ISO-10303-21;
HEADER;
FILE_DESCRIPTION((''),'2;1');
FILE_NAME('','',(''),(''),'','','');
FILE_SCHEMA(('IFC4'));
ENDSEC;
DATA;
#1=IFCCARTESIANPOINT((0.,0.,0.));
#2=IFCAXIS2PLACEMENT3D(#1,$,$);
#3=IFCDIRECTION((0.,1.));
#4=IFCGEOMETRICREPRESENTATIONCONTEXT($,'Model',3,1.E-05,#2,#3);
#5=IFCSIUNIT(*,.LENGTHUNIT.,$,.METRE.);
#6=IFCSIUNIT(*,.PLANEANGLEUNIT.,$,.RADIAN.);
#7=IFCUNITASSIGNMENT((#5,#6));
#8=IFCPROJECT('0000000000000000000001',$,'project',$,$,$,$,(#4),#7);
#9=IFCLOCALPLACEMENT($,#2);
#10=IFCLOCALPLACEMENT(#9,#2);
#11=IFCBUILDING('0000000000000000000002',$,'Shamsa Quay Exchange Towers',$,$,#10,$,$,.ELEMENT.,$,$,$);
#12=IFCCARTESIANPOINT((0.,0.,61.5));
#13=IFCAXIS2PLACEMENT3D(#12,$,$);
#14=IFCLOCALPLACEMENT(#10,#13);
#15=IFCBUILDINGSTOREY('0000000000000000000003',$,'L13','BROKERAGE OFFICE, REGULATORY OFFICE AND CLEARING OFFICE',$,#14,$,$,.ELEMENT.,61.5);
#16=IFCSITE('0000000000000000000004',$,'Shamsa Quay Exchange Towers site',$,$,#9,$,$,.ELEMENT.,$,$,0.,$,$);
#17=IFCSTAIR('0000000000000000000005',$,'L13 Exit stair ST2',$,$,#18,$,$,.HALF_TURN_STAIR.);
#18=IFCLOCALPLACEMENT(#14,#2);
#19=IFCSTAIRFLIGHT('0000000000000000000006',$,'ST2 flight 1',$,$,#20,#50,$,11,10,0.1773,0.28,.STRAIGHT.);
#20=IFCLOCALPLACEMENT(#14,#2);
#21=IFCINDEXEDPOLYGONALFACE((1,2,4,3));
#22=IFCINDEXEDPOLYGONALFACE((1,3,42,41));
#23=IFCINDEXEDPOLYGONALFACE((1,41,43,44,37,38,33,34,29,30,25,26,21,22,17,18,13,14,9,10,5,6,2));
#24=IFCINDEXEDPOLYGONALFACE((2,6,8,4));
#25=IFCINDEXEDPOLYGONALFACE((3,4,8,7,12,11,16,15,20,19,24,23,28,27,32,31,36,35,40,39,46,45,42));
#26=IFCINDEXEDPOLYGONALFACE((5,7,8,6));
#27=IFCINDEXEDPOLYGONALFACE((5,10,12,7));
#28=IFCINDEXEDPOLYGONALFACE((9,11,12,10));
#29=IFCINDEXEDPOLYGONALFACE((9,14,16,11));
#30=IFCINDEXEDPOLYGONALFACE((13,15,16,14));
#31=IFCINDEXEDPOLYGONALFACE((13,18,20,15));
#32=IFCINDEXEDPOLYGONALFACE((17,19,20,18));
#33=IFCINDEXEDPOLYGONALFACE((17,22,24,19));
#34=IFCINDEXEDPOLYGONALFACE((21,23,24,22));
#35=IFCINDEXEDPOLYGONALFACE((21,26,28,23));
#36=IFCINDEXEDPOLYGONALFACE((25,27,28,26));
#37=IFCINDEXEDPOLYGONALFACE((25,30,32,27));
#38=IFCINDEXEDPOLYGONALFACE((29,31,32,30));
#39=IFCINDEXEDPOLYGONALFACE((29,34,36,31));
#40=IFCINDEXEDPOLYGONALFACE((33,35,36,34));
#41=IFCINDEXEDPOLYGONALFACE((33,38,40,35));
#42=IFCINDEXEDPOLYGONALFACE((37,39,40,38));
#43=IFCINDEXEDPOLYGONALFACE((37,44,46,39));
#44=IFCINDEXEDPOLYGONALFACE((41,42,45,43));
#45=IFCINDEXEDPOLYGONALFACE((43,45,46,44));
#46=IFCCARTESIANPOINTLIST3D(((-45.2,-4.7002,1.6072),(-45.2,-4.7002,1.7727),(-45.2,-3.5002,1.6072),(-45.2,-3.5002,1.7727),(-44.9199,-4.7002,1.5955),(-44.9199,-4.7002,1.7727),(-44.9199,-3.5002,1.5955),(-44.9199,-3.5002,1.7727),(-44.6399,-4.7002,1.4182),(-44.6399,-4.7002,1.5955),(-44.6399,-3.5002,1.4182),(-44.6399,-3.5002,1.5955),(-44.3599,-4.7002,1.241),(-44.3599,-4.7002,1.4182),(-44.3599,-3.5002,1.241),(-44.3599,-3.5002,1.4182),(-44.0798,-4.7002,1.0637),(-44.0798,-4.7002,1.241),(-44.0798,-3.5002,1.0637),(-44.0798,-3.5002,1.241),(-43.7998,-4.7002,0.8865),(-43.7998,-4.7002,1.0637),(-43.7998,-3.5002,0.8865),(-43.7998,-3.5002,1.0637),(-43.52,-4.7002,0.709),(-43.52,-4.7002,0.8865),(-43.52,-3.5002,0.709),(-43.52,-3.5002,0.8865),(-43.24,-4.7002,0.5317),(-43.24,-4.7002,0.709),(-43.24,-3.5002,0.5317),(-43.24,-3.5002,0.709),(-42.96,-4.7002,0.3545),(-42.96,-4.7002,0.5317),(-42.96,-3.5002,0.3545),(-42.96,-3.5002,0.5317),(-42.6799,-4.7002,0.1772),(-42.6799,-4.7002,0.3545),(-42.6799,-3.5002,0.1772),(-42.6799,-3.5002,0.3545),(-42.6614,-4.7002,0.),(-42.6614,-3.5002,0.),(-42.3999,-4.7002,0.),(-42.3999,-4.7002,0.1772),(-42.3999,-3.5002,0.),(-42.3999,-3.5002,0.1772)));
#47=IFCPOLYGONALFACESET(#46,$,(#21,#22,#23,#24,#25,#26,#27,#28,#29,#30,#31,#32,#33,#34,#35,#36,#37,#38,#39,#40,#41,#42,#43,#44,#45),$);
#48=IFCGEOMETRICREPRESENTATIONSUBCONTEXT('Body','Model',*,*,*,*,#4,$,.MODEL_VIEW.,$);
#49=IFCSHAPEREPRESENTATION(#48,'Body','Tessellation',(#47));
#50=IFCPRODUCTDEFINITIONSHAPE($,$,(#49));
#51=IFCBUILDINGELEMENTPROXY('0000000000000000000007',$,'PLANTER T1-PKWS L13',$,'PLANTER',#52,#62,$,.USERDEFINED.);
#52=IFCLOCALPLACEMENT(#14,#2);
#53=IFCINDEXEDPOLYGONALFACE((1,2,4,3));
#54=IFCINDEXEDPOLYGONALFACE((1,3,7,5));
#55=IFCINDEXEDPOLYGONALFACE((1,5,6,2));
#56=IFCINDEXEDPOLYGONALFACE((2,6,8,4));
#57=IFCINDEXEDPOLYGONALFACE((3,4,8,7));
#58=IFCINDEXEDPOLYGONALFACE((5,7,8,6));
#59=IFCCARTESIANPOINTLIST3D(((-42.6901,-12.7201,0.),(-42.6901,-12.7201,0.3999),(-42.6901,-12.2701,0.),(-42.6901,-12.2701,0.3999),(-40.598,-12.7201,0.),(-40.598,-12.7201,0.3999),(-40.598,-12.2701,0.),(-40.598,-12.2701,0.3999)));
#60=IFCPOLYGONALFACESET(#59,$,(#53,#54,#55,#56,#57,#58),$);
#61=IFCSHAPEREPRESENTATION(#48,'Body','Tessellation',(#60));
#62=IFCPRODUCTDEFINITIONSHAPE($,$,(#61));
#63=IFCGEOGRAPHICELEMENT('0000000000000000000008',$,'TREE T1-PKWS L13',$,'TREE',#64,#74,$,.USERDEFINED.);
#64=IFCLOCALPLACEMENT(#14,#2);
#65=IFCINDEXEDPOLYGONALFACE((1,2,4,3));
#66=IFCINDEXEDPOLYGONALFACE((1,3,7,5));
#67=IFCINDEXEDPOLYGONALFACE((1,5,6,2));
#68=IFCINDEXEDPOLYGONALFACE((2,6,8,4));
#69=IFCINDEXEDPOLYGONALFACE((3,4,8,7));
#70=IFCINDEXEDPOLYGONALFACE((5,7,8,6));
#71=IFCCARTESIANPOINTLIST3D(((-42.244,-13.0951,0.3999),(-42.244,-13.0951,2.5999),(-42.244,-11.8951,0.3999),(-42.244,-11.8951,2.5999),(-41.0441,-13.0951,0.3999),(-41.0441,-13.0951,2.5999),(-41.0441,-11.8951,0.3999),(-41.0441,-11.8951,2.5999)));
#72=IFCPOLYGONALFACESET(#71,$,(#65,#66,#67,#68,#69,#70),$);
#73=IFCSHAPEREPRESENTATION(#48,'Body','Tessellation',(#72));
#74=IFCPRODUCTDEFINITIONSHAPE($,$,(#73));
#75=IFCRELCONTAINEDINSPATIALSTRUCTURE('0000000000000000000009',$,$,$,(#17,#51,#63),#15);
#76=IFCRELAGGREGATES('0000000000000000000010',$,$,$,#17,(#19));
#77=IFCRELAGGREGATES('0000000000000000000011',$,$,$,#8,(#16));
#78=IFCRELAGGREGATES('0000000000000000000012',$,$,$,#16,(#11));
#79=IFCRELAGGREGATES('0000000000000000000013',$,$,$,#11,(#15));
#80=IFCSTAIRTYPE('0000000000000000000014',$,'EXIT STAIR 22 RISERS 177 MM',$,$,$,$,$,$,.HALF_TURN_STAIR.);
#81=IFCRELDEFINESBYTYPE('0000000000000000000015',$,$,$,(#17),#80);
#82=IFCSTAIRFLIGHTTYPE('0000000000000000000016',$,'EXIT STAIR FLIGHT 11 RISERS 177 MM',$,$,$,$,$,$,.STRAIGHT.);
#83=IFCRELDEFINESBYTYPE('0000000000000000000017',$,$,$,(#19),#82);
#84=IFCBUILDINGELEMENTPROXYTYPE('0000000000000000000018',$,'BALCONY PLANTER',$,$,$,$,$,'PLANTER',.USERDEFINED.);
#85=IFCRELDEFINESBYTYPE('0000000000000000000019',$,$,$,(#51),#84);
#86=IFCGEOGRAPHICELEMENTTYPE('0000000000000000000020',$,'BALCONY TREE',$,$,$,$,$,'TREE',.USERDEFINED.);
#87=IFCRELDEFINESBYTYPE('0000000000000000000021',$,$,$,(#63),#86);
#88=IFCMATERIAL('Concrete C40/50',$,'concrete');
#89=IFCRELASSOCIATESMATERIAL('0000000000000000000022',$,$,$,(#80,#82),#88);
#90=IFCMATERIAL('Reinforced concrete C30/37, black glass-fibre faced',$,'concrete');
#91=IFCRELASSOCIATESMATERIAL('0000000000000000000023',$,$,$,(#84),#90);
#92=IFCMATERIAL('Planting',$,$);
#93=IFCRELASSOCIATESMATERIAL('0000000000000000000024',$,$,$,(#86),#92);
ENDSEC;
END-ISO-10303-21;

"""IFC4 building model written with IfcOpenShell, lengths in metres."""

from ifc_helpers import new_model, si_unit, direction, frame, origin, origin_2d, place, context, subcontext, project, spatial, polyline, rectangle, outline, extrude, material, type_object, element, aggregate, save


model = new_model("IFC4")

# Units and contexts
model_context = context("Model", 3, precision=1e-05, world=origin(), true_north=direction((0.0, 1.0)))
body_context = subcontext(model_context, "Body", "Model", "MODEL_VIEW")
ifc_project = project(units=[si_unit("LENGTHUNIT", "METRE"), si_unit("PLANEANGLEUNIT", "RADIAN")], contexts=[model_context])

# Site, building, storey
site_placement = place(None, origin())
site = spatial("IfcSite", under=ifc_project, at=site_placement, Name="Shamsa Quay Exchange Towers site", CompositionType="ELEMENT", RefElevation=0.0)
building_placement = place(site_placement, origin())
building = spatial("IfcBuilding", under=site, at=building_placement, Name="Shamsa Quay Exchange Towers", CompositionType="ELEMENT")
storey_placement = place(building_placement, frame((0.0, 0.0, 61.5)))
storey = spatial("IfcBuildingStorey", under=building, at=storey_placement, Name="L13", Description="BROKERAGE OFFICE, REGULATORY OFFICE AND CLEARING OFFICE", CompositionType="ELEMENT", Elevation=61.5)

# Stair, stair flight
ifc_material_1 = material(Name="Concrete C40/50", Category="concrete")
stair_type = type_object("IfcStairType", Name="EXIT STAIR 22 RISERS 177 MM", PredefinedType="HALF_TURN_STAIR", material=ifc_material_1)
stair_placement = place(storey_placement, origin())
stair = element("IfcStair", 1, at=stair_placement, inside=storey, type_object=stair_type, Name="L13 Exit stair ST2", PredefinedType="HALF_TURN_STAIR")
stair_flight_type = type_object("IfcStairFlightType", Name="EXIT STAIR FLIGHT 11 RISERS 177 MM", PredefinedType="STRAIGHT", material=ifc_material_1)
stair_flight_placement = place(storey_placement, frame((-42.3999, -4.1001, 0.0), z_axis=(0.0, 0.0, 1.0), x_axis=(-1.0, 0.0, 0.0)))
stair_flight = element("IfcStairFlight", 2, at=stair_flight_placement, type_object=stair_flight_type, Name="ST2 flight 1", NumberOfRisers=11, NumberOfTreads=10, PredefinedType="STRAIGHT", RiserHeight=0.1773, TreadLength=0.28, context=body_context, shape_type="SweptSolid", body=[
    extrude(outline(polyline([(0.0, 0.0), (0.0, 0.1772), (0.28, 0.1772), (0.28, 0.3545), (0.5601, 0.3545), (0.5601, 0.5317), (0.8401, 0.5317), (0.8401, 0.709), (1.1201, 0.709), (1.1201, 0.8865), (1.3999, 0.8865), (1.3999, 1.0637), (1.6799, 1.0637), (1.6799, 1.241), (1.96, 1.241), (1.96, 1.4182), (2.24, 1.4182), (2.24, 1.5955), (2.52, 1.5955), (2.52, 1.7727), (2.8, 1.7727), (2.8, 1.95), (2.8, 1.6072), (0.2615, 0.0), (0.0, 0.0)])), frame((0.0, 0.6001, 0.0), z_axis=(0.0, -1.0, 0.0), x_axis=(1.0, 0.0, 0.0)), (0.0, 0.0, 1.0), 1.2),
])
aggregate(stair, [stair_flight])

# Building element proxy
ifc_material_2 = material(Name="Reinforced concrete C30/37, black glass-fibre faced", Category="concrete")
building_element_proxy_type = type_object("IfcBuildingElementProxyType", Name="BALCONY PLANTER", ElementType="PLANTER", PredefinedType="USERDEFINED", material=ifc_material_2)
proxy_placement = place(storey_placement, frame((-41.644, -12.4951, 0.0)))
element("IfcBuildingElementProxy", 3, at=proxy_placement, inside=storey, type_object=building_element_proxy_type, Name="PLANTER T1-PKWS L13", ObjectType="PLANTER", PredefinedType="USERDEFINED", context=body_context, shape_type="SweptSolid", body=[
    extrude(rectangle(XDim=2.092, YDim=0.45, at=origin_2d()), origin(), (0.0, 0.0, 1.0), 0.3999),
])

# Geographic element
ifc_material_3 = material(Name="Planting")
geographic_element_type = type_object("IfcGeographicElementType", Name="BALCONY TREE", ElementType="TREE", PredefinedType="USERDEFINED", material=ifc_material_3)
geographic_element_placement = place(storey_placement, frame((-41.644, -12.4951, 0.3999)))
element("IfcGeographicElement", 4, at=geographic_element_placement, inside=storey, type_object=geographic_element_type, Name="TREE T1-PKWS L13", ObjectType="TREE", PredefinedType="USERDEFINED", context=body_context, shape_type="SweptSolid", body=[
    extrude(rectangle(XDim=1.2, YDim=1.2, at=origin_2d()), origin(), (0.0, 0.0, 1.0), 2.2),
])

save(model, "model.ifc")
